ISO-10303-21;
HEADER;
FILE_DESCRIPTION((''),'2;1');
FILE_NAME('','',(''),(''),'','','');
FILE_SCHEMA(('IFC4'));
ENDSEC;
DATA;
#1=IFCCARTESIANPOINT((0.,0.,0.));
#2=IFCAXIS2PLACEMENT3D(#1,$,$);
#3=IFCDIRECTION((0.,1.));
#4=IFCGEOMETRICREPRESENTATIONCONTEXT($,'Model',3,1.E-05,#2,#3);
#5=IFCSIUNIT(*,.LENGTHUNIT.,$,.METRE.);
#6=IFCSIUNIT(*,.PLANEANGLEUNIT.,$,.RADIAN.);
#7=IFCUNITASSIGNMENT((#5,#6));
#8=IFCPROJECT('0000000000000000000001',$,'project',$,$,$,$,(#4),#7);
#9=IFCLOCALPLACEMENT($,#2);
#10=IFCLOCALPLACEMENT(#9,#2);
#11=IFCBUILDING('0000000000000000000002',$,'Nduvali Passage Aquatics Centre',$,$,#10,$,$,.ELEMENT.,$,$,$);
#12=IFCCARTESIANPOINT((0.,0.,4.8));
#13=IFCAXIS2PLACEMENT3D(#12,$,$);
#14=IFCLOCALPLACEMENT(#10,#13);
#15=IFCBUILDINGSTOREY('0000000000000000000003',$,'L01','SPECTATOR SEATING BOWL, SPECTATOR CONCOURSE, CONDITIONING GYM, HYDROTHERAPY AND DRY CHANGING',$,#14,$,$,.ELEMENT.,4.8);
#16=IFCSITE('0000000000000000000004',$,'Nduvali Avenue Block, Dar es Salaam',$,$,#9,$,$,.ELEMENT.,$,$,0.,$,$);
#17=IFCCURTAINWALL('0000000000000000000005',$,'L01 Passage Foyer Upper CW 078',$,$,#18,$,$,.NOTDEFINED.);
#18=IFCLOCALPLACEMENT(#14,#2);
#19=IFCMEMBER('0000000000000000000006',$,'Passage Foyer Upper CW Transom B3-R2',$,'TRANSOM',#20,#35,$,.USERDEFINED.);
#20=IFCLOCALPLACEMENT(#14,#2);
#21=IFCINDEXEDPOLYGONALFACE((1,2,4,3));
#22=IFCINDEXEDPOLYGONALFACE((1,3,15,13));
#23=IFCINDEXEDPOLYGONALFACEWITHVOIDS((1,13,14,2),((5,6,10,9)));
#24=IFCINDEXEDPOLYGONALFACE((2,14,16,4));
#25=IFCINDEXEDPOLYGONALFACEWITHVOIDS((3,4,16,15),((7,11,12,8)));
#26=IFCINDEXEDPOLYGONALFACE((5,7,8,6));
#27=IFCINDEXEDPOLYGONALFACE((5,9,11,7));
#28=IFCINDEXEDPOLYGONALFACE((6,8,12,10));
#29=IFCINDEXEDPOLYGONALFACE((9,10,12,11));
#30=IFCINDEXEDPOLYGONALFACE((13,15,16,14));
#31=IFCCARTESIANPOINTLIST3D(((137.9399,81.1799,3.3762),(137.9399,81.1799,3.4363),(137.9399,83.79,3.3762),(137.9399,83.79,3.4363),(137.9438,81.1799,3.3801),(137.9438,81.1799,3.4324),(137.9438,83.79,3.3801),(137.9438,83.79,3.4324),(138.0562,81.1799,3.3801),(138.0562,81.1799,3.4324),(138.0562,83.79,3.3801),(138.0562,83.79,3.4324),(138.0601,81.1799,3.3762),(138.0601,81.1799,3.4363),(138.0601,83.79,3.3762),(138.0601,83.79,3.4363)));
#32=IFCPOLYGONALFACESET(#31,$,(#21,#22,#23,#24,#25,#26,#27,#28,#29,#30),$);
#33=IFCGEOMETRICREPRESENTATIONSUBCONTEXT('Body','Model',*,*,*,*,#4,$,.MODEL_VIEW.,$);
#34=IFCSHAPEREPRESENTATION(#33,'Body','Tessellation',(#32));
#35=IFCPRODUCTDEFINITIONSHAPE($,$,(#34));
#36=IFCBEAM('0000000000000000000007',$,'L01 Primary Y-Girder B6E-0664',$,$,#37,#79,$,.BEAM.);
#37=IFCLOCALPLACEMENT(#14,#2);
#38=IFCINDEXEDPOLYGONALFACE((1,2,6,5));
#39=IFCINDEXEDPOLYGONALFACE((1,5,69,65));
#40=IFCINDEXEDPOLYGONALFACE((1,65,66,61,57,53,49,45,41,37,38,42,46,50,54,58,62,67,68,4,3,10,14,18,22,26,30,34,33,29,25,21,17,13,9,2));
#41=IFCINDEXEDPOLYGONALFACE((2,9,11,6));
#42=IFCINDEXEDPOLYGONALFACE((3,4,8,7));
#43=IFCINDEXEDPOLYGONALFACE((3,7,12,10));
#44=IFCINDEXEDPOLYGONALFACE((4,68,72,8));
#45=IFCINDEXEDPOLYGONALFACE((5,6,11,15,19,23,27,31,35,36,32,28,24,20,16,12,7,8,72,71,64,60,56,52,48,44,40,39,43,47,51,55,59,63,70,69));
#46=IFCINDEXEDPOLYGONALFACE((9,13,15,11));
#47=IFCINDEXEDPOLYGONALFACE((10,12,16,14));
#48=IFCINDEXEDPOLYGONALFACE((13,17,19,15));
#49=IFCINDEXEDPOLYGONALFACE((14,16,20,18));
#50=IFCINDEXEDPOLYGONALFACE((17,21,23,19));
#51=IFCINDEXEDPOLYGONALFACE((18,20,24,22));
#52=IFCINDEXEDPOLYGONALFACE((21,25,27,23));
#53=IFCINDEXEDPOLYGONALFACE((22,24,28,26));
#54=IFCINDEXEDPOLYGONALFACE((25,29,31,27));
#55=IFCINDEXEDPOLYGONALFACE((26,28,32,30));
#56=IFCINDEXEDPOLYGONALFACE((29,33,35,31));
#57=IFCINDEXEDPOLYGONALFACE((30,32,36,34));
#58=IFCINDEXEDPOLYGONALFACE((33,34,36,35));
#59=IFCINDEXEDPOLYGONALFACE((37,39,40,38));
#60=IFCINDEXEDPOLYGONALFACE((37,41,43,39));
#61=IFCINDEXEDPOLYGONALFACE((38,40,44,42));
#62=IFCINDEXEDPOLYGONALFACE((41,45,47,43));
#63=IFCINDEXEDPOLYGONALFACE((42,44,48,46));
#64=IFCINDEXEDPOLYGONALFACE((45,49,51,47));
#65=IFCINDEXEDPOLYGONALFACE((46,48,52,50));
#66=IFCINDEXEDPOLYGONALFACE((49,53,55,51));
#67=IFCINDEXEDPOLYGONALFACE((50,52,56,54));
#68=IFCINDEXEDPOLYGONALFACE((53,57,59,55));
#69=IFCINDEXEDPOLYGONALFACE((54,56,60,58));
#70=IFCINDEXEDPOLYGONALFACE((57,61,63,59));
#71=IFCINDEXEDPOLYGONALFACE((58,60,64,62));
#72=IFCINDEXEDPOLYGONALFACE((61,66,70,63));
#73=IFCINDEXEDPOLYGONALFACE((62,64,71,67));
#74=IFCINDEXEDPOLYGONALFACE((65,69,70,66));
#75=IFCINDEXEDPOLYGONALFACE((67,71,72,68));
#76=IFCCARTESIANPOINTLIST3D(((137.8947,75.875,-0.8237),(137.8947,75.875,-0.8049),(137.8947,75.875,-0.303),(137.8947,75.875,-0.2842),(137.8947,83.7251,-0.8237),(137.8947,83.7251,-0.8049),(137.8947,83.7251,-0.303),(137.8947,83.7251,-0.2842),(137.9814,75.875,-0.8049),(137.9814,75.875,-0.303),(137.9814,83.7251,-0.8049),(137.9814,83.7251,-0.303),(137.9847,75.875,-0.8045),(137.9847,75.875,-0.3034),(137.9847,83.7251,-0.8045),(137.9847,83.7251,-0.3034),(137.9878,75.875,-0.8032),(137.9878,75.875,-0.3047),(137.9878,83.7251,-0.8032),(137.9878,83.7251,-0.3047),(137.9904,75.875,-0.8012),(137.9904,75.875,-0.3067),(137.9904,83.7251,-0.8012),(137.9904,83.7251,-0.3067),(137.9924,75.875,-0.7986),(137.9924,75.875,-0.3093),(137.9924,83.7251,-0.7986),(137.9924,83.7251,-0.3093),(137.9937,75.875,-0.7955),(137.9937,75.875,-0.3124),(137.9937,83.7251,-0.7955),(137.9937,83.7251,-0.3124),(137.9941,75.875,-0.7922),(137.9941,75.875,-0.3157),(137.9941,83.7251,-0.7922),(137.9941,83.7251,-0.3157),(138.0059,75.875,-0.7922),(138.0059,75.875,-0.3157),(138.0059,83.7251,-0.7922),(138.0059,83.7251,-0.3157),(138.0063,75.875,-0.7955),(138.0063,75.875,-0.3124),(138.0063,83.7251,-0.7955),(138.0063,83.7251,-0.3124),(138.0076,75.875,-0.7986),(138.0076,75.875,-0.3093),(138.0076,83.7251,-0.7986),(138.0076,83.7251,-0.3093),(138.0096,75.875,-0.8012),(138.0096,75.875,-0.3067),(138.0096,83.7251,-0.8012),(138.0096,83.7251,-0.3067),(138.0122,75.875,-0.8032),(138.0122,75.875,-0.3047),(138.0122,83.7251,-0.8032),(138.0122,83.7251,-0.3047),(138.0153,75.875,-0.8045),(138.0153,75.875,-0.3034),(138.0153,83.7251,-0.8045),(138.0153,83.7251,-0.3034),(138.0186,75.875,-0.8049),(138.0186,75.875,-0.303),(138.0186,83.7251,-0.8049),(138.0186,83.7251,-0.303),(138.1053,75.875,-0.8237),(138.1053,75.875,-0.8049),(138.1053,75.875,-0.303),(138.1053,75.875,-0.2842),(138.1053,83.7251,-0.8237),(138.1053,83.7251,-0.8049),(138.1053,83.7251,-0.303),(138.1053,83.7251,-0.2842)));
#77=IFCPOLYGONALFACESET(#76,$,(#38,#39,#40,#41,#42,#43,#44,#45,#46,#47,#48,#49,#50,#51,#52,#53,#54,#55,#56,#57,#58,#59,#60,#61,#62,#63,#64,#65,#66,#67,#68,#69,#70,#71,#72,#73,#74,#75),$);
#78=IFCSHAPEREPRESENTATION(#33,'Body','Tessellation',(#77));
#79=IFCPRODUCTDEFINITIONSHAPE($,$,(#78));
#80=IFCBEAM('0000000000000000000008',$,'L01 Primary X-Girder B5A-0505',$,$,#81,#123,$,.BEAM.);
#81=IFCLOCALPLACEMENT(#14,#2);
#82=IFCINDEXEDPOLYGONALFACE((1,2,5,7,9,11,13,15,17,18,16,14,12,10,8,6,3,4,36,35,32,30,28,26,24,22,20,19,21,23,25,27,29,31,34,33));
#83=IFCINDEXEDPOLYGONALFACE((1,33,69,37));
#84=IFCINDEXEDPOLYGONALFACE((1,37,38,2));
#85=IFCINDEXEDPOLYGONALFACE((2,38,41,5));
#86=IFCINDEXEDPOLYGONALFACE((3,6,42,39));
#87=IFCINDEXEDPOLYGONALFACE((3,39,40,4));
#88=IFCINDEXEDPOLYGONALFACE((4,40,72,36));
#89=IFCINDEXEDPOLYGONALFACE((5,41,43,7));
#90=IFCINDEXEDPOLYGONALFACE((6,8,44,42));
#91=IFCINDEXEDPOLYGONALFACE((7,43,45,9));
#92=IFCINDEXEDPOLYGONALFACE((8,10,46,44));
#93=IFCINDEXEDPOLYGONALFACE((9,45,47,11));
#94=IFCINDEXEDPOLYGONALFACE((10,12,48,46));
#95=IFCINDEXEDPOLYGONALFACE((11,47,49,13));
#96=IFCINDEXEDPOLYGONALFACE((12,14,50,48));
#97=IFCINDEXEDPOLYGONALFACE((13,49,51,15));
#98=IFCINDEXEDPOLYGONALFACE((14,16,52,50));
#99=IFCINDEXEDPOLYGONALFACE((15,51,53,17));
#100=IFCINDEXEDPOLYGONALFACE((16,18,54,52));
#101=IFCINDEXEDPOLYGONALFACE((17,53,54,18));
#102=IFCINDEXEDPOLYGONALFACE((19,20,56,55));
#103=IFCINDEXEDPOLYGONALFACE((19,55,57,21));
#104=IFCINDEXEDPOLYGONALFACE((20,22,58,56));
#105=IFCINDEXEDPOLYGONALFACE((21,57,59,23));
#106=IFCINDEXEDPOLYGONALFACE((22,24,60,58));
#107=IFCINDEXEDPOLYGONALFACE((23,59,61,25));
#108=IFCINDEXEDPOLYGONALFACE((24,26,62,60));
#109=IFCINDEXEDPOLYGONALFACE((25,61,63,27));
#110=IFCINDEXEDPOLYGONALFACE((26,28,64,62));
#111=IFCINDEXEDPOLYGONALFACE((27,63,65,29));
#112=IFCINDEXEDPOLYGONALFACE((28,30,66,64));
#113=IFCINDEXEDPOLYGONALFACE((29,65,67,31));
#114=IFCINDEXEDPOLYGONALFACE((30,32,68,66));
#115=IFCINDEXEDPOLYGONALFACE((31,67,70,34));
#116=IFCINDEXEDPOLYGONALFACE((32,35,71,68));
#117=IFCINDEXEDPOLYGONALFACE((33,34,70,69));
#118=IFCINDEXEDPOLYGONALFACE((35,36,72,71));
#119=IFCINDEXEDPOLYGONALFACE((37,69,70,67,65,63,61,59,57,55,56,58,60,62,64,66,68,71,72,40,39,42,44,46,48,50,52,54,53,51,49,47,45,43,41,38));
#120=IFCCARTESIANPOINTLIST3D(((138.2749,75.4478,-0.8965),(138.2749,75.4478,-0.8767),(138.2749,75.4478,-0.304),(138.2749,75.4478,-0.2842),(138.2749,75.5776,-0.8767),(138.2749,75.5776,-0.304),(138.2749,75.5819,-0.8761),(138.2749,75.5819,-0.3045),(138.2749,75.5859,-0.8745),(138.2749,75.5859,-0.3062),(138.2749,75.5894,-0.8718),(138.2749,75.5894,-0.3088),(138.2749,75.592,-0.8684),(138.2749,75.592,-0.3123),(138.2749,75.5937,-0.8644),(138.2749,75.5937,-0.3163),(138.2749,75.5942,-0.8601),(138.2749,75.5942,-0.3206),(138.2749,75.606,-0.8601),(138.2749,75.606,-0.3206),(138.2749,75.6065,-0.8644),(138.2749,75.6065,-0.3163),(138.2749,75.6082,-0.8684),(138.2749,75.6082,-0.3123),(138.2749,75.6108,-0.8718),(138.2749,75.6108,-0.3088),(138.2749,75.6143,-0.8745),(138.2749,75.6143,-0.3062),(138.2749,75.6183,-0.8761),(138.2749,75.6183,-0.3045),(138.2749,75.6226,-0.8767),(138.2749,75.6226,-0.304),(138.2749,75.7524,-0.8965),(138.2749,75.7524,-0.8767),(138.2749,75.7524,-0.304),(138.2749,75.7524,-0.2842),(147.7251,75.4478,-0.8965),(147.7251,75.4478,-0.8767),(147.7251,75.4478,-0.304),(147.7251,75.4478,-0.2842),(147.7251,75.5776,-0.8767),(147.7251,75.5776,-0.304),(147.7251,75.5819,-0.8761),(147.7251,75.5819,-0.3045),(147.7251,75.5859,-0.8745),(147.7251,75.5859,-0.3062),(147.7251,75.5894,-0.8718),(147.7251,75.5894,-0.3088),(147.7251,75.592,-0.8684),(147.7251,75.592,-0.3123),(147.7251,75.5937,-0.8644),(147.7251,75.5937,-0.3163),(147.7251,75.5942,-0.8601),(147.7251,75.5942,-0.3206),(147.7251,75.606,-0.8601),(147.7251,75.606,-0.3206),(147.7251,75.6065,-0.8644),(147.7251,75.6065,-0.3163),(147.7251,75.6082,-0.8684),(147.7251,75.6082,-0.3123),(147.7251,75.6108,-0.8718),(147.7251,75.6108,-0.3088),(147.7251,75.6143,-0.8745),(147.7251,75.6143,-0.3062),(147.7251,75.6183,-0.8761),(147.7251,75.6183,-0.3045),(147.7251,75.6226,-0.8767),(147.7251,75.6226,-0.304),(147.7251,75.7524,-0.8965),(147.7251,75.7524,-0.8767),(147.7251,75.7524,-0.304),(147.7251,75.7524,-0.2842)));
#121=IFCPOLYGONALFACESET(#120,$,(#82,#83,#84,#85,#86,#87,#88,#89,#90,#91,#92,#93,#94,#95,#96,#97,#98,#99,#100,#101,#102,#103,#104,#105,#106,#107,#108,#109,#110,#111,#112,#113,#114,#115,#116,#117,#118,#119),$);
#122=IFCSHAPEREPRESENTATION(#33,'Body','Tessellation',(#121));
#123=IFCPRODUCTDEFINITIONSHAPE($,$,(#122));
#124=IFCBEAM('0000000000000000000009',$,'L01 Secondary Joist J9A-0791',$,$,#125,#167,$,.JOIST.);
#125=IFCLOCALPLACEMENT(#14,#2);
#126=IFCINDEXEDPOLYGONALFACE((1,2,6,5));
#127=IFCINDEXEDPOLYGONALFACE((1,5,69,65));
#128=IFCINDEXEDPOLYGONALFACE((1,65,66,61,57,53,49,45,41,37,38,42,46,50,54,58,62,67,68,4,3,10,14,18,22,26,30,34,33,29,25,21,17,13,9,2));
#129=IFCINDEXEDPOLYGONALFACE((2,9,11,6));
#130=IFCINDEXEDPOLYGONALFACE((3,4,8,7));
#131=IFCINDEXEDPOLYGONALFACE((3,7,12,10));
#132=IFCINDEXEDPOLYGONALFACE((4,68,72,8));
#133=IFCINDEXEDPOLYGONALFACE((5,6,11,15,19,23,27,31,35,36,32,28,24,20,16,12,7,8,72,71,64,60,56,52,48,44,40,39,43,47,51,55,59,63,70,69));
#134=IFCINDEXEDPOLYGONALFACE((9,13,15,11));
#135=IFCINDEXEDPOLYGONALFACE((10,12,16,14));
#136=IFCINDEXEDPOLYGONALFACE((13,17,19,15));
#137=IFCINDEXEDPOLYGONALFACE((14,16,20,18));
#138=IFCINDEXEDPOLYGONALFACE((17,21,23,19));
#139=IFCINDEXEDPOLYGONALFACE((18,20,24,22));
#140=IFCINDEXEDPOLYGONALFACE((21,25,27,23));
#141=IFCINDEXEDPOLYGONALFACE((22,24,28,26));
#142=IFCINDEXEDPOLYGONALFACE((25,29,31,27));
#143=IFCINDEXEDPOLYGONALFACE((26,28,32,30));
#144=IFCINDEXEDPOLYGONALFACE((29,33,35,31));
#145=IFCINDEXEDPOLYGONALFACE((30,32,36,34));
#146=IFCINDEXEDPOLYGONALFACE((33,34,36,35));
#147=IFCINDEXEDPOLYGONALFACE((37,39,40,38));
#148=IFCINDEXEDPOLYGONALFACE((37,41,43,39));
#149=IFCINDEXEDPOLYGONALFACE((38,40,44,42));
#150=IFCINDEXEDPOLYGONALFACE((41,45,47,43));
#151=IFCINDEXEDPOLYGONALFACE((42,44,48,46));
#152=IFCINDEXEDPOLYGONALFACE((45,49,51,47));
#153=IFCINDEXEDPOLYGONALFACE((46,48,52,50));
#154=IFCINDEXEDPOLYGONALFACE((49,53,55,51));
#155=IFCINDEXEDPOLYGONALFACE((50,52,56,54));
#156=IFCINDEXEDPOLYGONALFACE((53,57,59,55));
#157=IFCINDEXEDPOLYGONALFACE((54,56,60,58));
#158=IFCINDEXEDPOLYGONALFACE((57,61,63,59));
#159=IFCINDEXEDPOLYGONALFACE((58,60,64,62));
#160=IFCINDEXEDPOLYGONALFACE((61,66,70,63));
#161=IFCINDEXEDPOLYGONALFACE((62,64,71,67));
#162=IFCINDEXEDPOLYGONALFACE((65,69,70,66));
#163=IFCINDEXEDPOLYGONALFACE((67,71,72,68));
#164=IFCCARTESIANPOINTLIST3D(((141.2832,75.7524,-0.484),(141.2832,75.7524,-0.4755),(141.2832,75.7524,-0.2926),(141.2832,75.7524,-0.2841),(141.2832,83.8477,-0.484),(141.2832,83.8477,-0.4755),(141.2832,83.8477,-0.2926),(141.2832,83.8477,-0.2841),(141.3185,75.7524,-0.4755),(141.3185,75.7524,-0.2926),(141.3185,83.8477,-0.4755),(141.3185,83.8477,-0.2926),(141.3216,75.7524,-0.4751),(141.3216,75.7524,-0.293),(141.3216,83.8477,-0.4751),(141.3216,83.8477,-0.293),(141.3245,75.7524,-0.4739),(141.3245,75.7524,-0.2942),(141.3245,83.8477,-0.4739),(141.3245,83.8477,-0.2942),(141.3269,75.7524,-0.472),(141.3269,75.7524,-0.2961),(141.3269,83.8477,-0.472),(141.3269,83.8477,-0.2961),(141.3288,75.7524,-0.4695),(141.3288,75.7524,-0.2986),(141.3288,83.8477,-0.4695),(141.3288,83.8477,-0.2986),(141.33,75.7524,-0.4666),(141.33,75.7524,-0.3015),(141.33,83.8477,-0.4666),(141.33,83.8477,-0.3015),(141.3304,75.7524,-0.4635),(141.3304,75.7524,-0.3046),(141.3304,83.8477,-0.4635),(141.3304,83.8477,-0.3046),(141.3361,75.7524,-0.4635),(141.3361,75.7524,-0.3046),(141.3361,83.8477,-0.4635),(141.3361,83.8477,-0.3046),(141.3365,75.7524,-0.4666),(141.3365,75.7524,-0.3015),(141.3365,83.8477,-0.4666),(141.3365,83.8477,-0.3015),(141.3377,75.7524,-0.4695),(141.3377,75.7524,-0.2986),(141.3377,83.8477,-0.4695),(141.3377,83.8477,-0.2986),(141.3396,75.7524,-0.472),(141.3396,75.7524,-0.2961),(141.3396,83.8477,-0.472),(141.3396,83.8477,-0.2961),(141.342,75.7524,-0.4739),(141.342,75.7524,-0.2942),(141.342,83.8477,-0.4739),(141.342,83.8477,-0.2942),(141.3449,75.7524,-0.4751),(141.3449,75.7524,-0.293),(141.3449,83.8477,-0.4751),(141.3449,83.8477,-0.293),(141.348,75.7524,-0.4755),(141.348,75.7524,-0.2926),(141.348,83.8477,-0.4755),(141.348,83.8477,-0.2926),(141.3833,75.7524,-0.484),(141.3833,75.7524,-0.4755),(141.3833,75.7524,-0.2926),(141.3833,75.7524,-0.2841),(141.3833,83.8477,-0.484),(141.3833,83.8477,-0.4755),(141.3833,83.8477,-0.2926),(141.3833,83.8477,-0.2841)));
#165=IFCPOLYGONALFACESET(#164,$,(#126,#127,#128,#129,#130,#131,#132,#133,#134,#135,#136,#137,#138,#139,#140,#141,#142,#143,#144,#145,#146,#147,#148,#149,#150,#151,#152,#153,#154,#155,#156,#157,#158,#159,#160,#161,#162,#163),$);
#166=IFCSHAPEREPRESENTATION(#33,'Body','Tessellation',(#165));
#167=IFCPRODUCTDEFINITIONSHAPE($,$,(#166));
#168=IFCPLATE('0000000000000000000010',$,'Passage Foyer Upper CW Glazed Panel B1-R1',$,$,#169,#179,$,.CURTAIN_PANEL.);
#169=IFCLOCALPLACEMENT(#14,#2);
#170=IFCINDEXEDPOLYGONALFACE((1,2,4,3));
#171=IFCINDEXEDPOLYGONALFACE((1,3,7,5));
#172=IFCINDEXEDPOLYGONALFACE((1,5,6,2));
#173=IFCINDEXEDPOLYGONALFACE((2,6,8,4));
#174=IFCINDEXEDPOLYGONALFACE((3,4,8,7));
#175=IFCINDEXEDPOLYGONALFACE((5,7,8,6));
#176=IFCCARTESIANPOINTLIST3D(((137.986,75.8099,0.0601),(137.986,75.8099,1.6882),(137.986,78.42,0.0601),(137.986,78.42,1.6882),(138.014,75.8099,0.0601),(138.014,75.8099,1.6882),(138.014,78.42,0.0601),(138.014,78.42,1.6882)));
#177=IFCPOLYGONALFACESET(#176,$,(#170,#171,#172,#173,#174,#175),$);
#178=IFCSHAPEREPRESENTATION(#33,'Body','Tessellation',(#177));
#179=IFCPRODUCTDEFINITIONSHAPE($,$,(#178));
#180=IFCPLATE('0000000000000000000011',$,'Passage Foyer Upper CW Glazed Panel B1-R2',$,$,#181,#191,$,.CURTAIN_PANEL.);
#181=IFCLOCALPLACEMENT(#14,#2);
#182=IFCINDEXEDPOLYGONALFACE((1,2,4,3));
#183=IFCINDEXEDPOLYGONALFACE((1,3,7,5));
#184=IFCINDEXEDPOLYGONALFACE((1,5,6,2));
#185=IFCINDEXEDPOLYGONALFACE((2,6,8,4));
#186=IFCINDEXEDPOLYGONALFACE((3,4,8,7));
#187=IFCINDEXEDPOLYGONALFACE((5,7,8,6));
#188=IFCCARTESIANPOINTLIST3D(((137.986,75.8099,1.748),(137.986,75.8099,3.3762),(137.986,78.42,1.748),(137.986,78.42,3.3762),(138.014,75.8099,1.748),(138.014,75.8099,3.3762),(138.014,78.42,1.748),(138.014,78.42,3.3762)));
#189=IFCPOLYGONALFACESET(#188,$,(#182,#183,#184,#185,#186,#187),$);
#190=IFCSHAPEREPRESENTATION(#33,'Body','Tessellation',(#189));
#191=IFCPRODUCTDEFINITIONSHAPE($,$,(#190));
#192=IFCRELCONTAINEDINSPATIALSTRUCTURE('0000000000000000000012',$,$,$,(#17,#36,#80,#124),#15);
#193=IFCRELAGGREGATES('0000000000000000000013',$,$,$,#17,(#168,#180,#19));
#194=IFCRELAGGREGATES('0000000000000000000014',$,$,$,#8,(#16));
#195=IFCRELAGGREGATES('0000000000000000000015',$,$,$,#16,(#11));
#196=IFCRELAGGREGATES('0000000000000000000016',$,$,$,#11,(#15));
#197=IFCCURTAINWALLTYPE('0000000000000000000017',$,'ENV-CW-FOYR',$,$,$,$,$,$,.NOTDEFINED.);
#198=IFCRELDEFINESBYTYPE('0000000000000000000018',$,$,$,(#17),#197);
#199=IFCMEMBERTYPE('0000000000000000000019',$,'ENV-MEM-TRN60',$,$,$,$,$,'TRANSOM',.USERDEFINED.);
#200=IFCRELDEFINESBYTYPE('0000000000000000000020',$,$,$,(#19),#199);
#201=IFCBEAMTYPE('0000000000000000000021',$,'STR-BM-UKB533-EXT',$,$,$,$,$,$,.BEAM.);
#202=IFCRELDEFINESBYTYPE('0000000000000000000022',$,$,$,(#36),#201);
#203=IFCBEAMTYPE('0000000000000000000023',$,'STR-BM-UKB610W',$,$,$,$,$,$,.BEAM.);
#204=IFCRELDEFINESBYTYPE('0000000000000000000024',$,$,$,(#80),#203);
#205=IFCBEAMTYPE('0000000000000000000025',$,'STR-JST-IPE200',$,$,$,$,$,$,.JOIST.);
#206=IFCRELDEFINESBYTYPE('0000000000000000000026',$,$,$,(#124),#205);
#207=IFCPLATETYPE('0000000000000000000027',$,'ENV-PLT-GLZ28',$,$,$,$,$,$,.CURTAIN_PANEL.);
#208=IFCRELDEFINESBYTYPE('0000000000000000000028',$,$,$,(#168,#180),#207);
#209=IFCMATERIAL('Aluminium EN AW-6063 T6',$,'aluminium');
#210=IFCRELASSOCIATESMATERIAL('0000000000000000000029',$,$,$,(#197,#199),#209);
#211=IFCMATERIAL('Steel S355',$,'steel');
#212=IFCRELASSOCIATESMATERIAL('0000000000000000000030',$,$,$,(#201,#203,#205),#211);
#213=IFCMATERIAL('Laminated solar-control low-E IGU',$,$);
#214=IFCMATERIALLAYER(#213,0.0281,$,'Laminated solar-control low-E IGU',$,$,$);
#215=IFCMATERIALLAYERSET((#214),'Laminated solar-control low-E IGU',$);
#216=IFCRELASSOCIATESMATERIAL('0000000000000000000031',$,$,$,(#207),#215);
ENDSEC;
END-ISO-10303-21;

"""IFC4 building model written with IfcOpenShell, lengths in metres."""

from ifc_helpers import new_model, si_unit, direction, frame, origin, origin_2d, place, context, subcontext, project, spatial, rectangle, hollow_rectangle, i_section, extrude, material, layer, layer_set, material_profile, profile_set, type_object, element, aggregate, save


model = new_model("IFC4")

# Units and contexts
model_context = context("Model", 3, precision=1e-05, world=origin(), true_north=direction((0.0, 1.0)))
body_context = subcontext(model_context, "Body", "Model", "MODEL_VIEW")
ifc_project = project(units=[si_unit("LENGTHUNIT", "METRE"), si_unit("PLANEANGLEUNIT", "RADIAN")], contexts=[model_context])

# Site, building, storey
site_placement = place(None, origin())
site = spatial("IfcSite", under=ifc_project, at=site_placement, Name="Nduvali Avenue Block, Dar es Salaam", CompositionType="ELEMENT", RefElevation=0.0)
building_placement = place(site_placement, origin())
building = spatial("IfcBuilding", under=site, at=building_placement, Name="Nduvali Passage Aquatics Centre", CompositionType="ELEMENT")
storey_placement = place(building_placement, frame((0.0, 0.0, 4.8)))
storey = spatial("IfcBuildingStorey", under=building, at=storey_placement, Name="L01", Description="SPECTATOR SEATING BOWL, SPECTATOR CONCOURSE, CONDITIONING GYM, HYDROTHERAPY AND DRY CHANGING", CompositionType="ELEMENT", Elevation=4.8)

# Curtain wall, member
ifc_material_1 = material(Name="Aluminium EN AW-6063 T6", Category="aluminium")
curtain_wall_type = type_object("IfcCurtainWallType", Name="ENV-CW-FOYR", PredefinedType="NOTDEFINED", material=ifc_material_1)
curtain_wall_placement = place(storey_placement, origin())
curtain_wall = element("IfcCurtainWall", 1, at=curtain_wall_placement, inside=storey, type_object=curtain_wall_type, Name="L01 Passage Foyer Upper CW 078", PredefinedType="NOTDEFINED")
ifc_material_profile_1 = material_profile(ifc_material_1, hollow_rectangle(XDim=0.1201, YDim=0.0601, WallThickness=0.0039, at=origin_2d()), Name="ALU TRANSOM 120x60x4")
ifc_profile_set_1 = profile_set([ifc_material_profile_1], Name="Aluminium EN AW-6063 T6")
member_type_1 = type_object("IfcMemberType", Name="ENV-MEM-TRN60", ElementType="TRANSOM", PredefinedType="USERDEFINED", material=ifc_profile_set_1)
member_1_placement = place(storey_placement, frame((138.0, 81.1799, 3.4062), z_axis=(0.0, 1.0, 0.0), x_axis=(-1.0, 0.0, 0.0)))
member_1 = element("IfcMember", 2, at=member_1_placement, type_object=member_type_1, Name="Passage Foyer Upper CW Transom B3-R2", ObjectType="TRANSOM", PredefinedType="USERDEFINED", context=body_context, shape_type="SweptSolid", body=[
    extrude(hollow_rectangle(XDim=0.1201, YDim=0.0601, WallThickness=0.0039, at=origin_2d()), origin(), (0.0, 0.0, 1.0), 2.6101),
])

# Beams
ifc_material_2 = material(Name="Steel S355", Category="steel")
ifc_material_profile_2 = material_profile(ifc_material_2, i_section(OverallWidth=0.2107, OverallDepth=0.5396, WebThickness=0.0117, FlangeThickness=0.0188, FilletRadius=0.0127, at=origin_2d()), Name="UKB 533x210x109")
ifc_profile_set_2 = profile_set([ifc_material_profile_2], Name="Steel S355")
beam_type_1 = type_object("IfcBeamType", Name="STR-BM-UKB533-EXT", PredefinedType="BEAM", material=ifc_profile_set_2)
beam_1_placement = place(storey_placement, frame((138.0, 75.875, -0.554), z_axis=(0.0, 1.0, 0.0), x_axis=(-1.0, 0.0, 0.0)))
element("IfcBeam", 3, at=beam_1_placement, inside=storey, type_object=beam_type_1, Name="L01 Primary Y-Girder B6E-0664", PredefinedType="BEAM", context=body_context, shape_type="SweptSolid", body=[
    extrude(i_section(OverallWidth=0.2107, OverallDepth=0.5396, WebThickness=0.0117, FlangeThickness=0.0188, FilletRadius=0.0127, at=origin_2d()), origin(), (0.0, 0.0, 1.0), 7.8501),
])
ifc_material_profile_3 = material_profile(ifc_material_2, i_section(OverallWidth=0.3047, OverallDepth=0.6123, WebThickness=0.0117, FlangeThickness=0.0198, FilletRadius=0.0166, at=origin_2d()), Name="UKB 610x305x149")
ifc_profile_set_3 = profile_set([ifc_material_profile_3], Name="Steel S355")
beam_type_2 = type_object("IfcBeamType", Name="STR-BM-UKB610W", PredefinedType="BEAM", material=ifc_profile_set_3)
beam_2_placement = place(storey_placement, frame((138.2749, 75.6001, -0.5903), z_axis=(1.0, 0.0, 0.0), x_axis=(0.0, 1.0, 0.0)))
element("IfcBeam", 4, at=beam_2_placement, inside=storey, type_object=beam_type_2, Name="L01 Primary X-Girder B5A-0505", PredefinedType="BEAM", context=body_context, shape_type="SweptSolid", body=[
    extrude(i_section(OverallWidth=0.3047, OverallDepth=0.6123, WebThickness=0.0117, FlangeThickness=0.0198, FilletRadius=0.0166, at=origin_2d()), origin(), (0.0, 0.0, 1.0), 9.4502),
])
ifc_material_profile_4 = material_profile(ifc_material_2, i_section(OverallWidth=0.1001, OverallDepth=0.2, WebThickness=0.0056, FlangeThickness=0.0085, FilletRadius=0.012, at=origin_2d()), Name="IPE 200")
ifc_profile_set_4 = profile_set([ifc_material_profile_4], Name="Steel S355")
beam_type_3 = type_object("IfcBeamType", Name="STR-JST-IPE200", PredefinedType="JOIST", material=ifc_profile_set_4)
beam_3_placement = place(storey_placement, frame((141.3333, 75.7524, -0.384), z_axis=(0.0, 1.0, 0.0), x_axis=(-1.0, 0.0, 0.0)))
element("IfcBeam", 5, at=beam_3_placement, inside=storey, type_object=beam_type_3, Name="L01 Secondary Joist J9A-0791", PredefinedType="JOIST", context=body_context, shape_type="SweptSolid", body=[
    extrude(i_section(OverallWidth=0.1001, OverallDepth=0.2, WebThickness=0.0056, FlangeThickness=0.0085, FilletRadius=0.012, at=origin_2d()), origin(), (0.0, 0.0, 1.0), 8.0952),
])

# Plates
ifc_material_3 = material(Name="Laminated solar-control low-E IGU")
ifc_layer = layer(ifc_material_3, 0.0281, Name="Laminated solar-control low-E IGU")
ifc_layer_set = layer_set([ifc_layer], Name="Laminated solar-control low-E IGU")
plate_type = type_object("IfcPlateType", Name="ENV-PLT-GLZ28", PredefinedType="CURTAIN_PANEL", material=ifc_layer_set)
plate_1_placement = place(storey_placement, frame((138.0, 77.115, 0.0601), z_axis=(0.0, 0.0, 1.0), x_axis=(0.0, 1.0, 0.0)))
plate_1 = element("IfcPlate", 6, at=plate_1_placement, type_object=plate_type, Name="Passage Foyer Upper CW Glazed Panel B1-R1", PredefinedType="CURTAIN_PANEL", context=body_context, shape_type="SweptSolid", body=[
    extrude(rectangle(XDim=2.6101, YDim=0.0281, at=origin_2d()), origin(), (0.0, 0.0, 1.0), 1.6282),
])
plate_2_placement = place(storey_placement, frame((138.0, 77.115, 1.748), z_axis=(0.0, 0.0, 1.0), x_axis=(0.0, 1.0, 0.0)))
plate_2 = element("IfcPlate", 7, at=plate_2_placement, type_object=plate_type, Name="Passage Foyer Upper CW Glazed Panel B1-R2", PredefinedType="CURTAIN_PANEL", context=body_context, shape_type="SweptSolid", body=[
    extrude(rectangle(XDim=2.6101, YDim=0.0281, at=origin_2d()), origin(), (0.0, 0.0, 1.0), 1.6282),
])
aggregate(curtain_wall, [plate_1, plate_2, member_1])

save(model, "model.ifc")
